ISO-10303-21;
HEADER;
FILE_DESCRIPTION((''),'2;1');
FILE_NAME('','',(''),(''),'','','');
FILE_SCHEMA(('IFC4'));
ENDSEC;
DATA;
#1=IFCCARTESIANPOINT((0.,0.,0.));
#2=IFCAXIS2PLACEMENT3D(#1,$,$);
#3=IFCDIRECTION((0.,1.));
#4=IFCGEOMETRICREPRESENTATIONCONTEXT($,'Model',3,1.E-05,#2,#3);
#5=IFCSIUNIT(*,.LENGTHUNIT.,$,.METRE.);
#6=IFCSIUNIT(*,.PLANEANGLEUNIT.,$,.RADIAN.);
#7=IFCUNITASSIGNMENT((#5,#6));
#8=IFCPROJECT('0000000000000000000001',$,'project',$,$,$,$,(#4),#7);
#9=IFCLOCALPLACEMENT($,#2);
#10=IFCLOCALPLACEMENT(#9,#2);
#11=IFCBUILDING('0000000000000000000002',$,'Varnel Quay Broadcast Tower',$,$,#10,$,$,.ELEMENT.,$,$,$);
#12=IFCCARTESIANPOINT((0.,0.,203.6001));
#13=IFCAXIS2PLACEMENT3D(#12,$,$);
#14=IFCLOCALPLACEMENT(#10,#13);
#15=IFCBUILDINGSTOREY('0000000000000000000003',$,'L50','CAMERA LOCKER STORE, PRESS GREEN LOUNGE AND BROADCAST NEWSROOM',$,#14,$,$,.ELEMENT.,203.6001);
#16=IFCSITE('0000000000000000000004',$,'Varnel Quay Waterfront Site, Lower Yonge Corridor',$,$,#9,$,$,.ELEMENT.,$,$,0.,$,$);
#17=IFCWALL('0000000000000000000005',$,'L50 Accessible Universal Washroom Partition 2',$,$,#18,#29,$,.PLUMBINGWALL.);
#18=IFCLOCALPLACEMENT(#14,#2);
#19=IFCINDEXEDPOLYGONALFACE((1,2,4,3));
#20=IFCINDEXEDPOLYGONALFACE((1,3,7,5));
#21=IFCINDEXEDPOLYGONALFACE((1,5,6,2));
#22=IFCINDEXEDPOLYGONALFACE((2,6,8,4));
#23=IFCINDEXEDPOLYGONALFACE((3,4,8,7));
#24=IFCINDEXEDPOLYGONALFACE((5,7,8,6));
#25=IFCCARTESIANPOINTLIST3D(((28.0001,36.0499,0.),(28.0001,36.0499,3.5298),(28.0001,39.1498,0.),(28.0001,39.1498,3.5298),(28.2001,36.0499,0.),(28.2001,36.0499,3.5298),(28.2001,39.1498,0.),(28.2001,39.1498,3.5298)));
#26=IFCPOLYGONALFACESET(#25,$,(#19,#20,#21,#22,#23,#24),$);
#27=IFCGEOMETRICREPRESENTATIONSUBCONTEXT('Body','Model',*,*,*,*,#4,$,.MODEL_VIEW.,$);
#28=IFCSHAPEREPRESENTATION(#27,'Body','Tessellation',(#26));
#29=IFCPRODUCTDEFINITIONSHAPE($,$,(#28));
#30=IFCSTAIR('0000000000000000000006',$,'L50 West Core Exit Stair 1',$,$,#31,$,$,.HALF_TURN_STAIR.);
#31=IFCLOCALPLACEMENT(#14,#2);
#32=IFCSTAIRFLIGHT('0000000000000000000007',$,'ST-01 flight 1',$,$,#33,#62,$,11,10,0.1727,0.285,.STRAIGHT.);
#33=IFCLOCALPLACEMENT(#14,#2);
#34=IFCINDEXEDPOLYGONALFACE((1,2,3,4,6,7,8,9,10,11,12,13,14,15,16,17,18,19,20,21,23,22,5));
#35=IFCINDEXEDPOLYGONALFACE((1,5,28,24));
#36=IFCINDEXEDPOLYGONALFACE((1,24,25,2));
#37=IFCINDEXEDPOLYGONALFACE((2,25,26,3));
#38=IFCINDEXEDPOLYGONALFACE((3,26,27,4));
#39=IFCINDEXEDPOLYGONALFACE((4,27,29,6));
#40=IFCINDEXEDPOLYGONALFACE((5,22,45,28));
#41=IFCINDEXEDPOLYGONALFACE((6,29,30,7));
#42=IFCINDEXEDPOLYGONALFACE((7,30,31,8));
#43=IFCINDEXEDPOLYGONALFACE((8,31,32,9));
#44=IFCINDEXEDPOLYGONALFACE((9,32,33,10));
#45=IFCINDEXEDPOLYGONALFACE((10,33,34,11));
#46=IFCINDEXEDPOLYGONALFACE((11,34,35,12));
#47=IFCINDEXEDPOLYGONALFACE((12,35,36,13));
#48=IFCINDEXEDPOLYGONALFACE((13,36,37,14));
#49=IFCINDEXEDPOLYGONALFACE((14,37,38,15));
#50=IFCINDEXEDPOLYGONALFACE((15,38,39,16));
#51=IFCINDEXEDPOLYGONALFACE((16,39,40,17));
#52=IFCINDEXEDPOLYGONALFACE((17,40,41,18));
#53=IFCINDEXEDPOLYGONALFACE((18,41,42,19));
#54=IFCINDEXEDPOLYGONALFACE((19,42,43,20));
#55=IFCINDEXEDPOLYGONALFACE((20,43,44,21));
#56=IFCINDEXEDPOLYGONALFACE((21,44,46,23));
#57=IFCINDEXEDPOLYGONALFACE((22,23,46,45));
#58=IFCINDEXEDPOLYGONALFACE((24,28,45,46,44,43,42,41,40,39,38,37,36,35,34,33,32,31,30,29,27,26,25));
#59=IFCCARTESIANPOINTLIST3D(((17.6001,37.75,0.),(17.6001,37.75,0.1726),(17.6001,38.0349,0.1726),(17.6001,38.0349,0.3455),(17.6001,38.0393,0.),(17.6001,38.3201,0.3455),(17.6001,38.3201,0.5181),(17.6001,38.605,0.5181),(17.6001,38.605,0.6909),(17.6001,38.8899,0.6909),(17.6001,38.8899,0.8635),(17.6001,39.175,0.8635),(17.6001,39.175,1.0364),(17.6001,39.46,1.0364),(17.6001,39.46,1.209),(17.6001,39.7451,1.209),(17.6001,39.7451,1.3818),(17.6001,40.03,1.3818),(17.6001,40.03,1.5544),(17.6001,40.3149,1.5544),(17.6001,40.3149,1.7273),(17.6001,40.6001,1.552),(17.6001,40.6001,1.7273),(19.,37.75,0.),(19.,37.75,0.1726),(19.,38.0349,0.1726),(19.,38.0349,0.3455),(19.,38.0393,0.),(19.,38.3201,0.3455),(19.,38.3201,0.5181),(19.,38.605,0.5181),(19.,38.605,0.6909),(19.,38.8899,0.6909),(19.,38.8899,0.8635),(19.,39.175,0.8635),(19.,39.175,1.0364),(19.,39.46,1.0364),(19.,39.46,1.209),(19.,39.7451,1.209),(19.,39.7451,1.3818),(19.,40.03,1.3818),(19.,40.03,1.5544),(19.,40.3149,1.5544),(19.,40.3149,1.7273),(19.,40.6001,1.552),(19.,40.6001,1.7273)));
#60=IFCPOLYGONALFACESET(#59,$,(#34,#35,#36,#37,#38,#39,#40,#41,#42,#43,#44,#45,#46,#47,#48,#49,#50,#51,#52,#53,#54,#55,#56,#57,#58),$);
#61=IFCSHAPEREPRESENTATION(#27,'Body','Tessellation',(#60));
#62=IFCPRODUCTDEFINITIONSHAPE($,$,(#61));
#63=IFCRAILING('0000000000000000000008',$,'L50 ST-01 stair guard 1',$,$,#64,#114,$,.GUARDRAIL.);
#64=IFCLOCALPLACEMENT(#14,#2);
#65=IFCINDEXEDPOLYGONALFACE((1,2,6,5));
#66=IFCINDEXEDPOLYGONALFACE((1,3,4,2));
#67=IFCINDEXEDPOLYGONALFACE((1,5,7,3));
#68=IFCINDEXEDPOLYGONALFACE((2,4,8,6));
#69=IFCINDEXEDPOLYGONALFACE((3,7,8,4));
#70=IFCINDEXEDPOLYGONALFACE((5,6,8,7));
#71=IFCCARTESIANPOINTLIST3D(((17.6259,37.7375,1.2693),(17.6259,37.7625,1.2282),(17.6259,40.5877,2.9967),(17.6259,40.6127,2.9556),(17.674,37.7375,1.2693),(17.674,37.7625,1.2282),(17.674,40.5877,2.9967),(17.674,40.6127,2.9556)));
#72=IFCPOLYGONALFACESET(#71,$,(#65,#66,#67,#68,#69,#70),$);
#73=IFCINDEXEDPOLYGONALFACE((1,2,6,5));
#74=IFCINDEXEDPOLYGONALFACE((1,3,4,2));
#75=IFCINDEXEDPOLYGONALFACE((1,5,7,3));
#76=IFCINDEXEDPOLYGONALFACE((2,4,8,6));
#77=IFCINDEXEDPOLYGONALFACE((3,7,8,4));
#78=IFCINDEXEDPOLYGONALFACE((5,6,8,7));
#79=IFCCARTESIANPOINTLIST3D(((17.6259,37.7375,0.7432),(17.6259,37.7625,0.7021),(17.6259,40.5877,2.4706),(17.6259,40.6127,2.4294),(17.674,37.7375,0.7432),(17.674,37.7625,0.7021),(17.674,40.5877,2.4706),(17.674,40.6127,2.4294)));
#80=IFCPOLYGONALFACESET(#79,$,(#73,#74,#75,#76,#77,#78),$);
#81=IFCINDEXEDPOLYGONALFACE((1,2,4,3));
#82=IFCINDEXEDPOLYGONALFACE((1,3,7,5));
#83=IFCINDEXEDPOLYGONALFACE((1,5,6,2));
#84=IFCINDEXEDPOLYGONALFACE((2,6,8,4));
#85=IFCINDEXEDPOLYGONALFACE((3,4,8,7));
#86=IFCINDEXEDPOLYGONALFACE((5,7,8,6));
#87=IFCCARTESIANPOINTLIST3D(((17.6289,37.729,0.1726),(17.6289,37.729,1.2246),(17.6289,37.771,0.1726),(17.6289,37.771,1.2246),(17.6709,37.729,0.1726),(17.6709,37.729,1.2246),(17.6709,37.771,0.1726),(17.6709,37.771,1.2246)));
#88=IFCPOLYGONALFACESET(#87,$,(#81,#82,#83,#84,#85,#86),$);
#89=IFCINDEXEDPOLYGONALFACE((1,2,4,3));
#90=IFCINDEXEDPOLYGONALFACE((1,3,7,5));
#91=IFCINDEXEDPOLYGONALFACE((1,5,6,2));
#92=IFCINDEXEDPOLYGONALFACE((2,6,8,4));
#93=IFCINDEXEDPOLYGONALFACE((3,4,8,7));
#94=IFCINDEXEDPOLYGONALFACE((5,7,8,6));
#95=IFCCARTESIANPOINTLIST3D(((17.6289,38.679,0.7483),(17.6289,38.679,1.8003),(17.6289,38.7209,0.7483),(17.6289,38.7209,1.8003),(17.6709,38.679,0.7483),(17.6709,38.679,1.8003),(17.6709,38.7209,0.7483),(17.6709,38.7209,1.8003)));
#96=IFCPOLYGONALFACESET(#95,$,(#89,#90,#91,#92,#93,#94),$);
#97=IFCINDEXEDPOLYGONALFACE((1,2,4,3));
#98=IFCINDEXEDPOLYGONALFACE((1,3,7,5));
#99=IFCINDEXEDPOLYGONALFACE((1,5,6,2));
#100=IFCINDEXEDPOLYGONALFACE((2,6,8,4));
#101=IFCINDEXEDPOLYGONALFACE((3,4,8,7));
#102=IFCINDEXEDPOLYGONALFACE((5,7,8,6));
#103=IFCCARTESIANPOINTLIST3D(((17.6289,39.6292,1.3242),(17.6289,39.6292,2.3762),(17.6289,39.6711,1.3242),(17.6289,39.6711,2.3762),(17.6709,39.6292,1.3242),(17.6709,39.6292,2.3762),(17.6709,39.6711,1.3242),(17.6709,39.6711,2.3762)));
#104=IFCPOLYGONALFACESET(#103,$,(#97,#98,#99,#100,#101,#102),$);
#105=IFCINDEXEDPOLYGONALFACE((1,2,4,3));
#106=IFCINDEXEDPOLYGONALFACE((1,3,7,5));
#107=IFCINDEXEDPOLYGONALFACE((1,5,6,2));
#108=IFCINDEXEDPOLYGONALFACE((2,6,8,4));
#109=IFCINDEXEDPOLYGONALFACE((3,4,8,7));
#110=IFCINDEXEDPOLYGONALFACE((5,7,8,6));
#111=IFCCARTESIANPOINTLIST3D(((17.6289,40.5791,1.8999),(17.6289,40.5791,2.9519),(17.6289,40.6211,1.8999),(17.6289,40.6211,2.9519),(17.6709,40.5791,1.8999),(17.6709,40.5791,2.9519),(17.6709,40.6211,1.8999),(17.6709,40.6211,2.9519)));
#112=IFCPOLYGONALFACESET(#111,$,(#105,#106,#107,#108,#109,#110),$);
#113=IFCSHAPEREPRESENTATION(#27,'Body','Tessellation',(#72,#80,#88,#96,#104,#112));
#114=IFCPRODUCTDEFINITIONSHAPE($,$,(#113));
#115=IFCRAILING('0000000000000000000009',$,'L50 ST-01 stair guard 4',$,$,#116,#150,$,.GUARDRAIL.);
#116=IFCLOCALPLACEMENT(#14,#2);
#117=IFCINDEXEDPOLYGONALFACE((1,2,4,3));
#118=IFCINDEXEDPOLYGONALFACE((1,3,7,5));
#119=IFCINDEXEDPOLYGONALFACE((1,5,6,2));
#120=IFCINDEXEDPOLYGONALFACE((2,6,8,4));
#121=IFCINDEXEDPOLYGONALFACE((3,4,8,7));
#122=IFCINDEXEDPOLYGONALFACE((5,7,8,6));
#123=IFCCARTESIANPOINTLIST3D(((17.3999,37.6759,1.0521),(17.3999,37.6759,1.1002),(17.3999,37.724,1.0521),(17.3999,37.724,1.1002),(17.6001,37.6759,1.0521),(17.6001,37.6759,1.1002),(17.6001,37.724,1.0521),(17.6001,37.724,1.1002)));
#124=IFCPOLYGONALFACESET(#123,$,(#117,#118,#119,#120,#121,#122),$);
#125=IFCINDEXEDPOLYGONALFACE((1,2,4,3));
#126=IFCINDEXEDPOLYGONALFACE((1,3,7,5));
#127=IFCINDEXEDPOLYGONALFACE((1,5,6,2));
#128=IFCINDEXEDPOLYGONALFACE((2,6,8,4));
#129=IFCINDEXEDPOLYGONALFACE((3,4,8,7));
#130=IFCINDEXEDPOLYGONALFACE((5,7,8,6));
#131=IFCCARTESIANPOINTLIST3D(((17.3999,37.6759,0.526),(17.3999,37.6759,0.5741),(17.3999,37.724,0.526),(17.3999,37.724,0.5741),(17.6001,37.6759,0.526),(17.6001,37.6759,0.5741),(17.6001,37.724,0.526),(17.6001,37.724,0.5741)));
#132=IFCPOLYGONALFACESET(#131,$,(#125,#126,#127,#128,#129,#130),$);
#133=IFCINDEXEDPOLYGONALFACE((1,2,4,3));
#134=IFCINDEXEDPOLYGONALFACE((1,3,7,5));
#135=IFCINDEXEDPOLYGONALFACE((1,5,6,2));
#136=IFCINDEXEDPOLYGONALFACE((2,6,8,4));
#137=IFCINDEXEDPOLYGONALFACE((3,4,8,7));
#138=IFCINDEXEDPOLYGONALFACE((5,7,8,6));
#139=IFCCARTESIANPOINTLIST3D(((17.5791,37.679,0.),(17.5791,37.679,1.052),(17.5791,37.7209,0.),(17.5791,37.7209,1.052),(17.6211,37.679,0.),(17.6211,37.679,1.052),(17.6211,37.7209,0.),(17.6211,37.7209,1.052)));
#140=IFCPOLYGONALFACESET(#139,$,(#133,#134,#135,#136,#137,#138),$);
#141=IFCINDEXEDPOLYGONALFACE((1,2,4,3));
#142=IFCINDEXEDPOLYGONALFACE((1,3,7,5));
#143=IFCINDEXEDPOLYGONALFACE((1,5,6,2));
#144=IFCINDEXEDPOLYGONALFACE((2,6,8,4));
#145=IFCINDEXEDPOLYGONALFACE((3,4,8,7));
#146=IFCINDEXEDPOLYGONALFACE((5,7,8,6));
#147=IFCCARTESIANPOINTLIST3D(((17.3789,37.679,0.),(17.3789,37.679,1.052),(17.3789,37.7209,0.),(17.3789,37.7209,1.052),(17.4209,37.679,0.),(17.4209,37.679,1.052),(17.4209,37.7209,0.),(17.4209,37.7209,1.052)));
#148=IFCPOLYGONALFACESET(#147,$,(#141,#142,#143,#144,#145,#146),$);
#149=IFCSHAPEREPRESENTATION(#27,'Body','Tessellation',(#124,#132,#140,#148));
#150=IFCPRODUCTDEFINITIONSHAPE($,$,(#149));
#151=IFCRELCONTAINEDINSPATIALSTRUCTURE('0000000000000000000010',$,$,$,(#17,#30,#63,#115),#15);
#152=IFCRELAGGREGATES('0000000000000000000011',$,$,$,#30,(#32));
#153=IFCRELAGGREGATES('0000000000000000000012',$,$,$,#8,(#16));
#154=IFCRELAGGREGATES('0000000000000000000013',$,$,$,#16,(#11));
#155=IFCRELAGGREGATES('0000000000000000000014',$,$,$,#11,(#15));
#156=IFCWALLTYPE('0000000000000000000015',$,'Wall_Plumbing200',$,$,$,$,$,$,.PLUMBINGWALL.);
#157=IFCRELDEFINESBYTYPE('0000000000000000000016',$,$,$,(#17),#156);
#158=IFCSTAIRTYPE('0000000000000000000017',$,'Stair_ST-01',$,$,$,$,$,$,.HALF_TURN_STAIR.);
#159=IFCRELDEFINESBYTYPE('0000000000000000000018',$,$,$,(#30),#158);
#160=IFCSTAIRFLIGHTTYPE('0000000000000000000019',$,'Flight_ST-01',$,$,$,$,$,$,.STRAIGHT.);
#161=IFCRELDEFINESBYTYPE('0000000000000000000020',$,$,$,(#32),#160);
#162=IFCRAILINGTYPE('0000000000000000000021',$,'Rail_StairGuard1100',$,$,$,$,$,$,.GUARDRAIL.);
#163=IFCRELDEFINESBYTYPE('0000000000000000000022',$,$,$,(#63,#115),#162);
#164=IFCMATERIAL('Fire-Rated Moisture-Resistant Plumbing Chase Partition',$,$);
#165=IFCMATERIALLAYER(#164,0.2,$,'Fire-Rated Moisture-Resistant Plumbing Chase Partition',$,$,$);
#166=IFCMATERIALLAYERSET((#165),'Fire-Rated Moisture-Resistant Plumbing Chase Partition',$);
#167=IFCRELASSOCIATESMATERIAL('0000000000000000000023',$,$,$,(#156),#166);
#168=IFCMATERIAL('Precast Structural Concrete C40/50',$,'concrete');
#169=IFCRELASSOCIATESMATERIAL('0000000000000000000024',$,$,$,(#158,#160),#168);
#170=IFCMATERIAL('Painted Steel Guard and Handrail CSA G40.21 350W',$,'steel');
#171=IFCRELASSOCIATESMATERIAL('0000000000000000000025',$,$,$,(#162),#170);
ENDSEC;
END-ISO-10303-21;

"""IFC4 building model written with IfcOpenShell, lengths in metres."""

from ifc_helpers import new_model, si_unit, direction, frame, frame_2d, origin, origin_2d, place, context, subcontext, project, spatial, polyline, rectangle, outline, extrude, material, layer, layer_set, type_object, element, aggregate, save


model = new_model("IFC4")

# Units and contexts
model_context = context("Model", 3, precision=1e-05, world=origin(), true_north=direction((0.0, 1.0)))
body_context = subcontext(model_context, "Body", "Model", "MODEL_VIEW")
ifc_project = project(units=[si_unit("LENGTHUNIT", "METRE"), si_unit("PLANEANGLEUNIT", "RADIAN")], contexts=[model_context])

# Site, building, storey
site_placement = place(None, origin())
site = spatial("IfcSite", under=ifc_project, at=site_placement, Name="Varnel Quay Waterfront Site, Lower Yonge Corridor", CompositionType="ELEMENT", RefElevation=0.0)
building_placement = place(site_placement, origin())
building = spatial("IfcBuilding", under=site, at=building_placement, Name="Varnel Quay Broadcast Tower", CompositionType="ELEMENT")
storey_placement = place(building_placement, frame((0.0, 0.0, 203.6001)))
storey = spatial("IfcBuildingStorey", under=building, at=storey_placement, Name="L50", Description="CAMERA LOCKER STORE, PRESS GREEN LOUNGE AND BROADCAST NEWSROOM", CompositionType="ELEMENT", Elevation=203.6001)

# Wall
ifc_material_1 = material(Name="Fire-Rated Moisture-Resistant Plumbing Chase Partition")
ifc_layer_1 = layer(ifc_material_1, 0.2, Name="Fire-Rated Moisture-Resistant Plumbing Chase Partition")
ifc_layer_set_1 = layer_set([ifc_layer_1], Name="Fire-Rated Moisture-Resistant Plumbing Chase Partition")
wall_type_1 = type_object("IfcWallType", Name="Wall_Plumbing200", PredefinedType="PLUMBINGWALL", material=ifc_layer_set_1)
wall_1_placement = place(storey_placement, frame((28.1001, 36.05, 0.0), z_axis=(0.0, 0.0, 1.0), x_axis=(0.0, 1.0, 0.0)))
element("IfcWall", 1, at=wall_1_placement, inside=storey, type_object=wall_type_1, Name="L50 Accessible Universal Washroom Partition 2", PredefinedType="PLUMBINGWALL", context=body_context, shape_type="SweptSolid", body=[
    extrude(rectangle(XDim=3.0999, YDim=0.2, at=frame_2d((1.5498, 0.0))), origin(), (0.0, 0.0, 1.0), 3.5298),
])

# Stair, stair flight
ifc_material_2 = material(Name="Precast Structural Concrete C40/50", Category="concrete")
stair_type = type_object("IfcStairType", Name="Stair_ST-01", PredefinedType="HALF_TURN_STAIR", material=ifc_material_2)
stair_placement = place(storey_placement, origin())
stair = element("IfcStair", 2, at=stair_placement, inside=storey, type_object=stair_type, Name="L50 West Core Exit Stair 1", PredefinedType="HALF_TURN_STAIR")
stair_flight_type = type_object("IfcStairFlightType", Name="Flight_ST-01", PredefinedType="STRAIGHT", material=ifc_material_2)
stair_flight_placement = place(storey_placement, frame((18.3, 37.75, 0.0), z_axis=(0.0, 0.0, 1.0), x_axis=(0.0, 1.0, 0.0)))
stair_flight = element("IfcStairFlight", 3, at=stair_flight_placement, type_object=stair_flight_type, Name="ST-01 flight 1", NumberOfRisers=11, NumberOfTreads=10, PredefinedType="STRAIGHT", RiserHeight=0.1727, TreadLength=0.285, context=body_context, shape_type="SweptSolid", body=[
    extrude(outline(polyline([(0.0, 0.0), (0.0, 0.1726), (0.2849, 0.1726), (0.2849, 0.3455), (0.5701, 0.3455), (0.5701, 0.5181), (0.855, 0.5181), (0.855, 0.6909), (1.1399, 0.6909), (1.1399, 0.8635), (1.425, 0.8635), (1.425, 1.0364), (1.71, 1.0364), (1.71, 1.209), (1.9951, 1.209), (1.9951, 1.3818), (2.28, 1.3818), (2.28, 1.5544), (2.5649, 1.5544), (2.5649, 1.7273), (2.8501, 1.7273), (2.8501, 1.8999), (2.8501, 1.552), (0.2893, 0.0), (0.0, 0.0)])), frame((0.0, 0.7, 0.0), z_axis=(0.0, -1.0, 0.0), x_axis=(1.0, 0.0, 0.0)), (0.0, 0.0, 1.0), 1.3999),
])
aggregate(stair, [stair_flight])

# Railings
ifc_material_3 = material(Name="Painted Steel Guard and Handrail CSA G40.21 350W", Category="steel")
railing_type = type_object("IfcRailingType", Name="Rail_StairGuard1100", PredefinedType="GUARDRAIL", material=ifc_material_3)
railing_1_placement = place(storey_placement, frame((17.6499, 37.75, 0.1726)))
element("IfcRailing", 4, at=railing_1_placement, inside=storey, type_object=railing_type, Name="L50 ST-01 stair guard 1", PredefinedType="GUARDRAIL", context=body_context, shape_type="SweptSolid", body=[
    extrude(rectangle(XDim=0.0481, YDim=0.0481, at=origin_2d()), frame((0.0, 0.0, 1.0762), z_axis=(0.0, 0.855203, 0.518294), x_axis=(-1.0, 0.0, 0.0)), (0.0, 0.0, 1.0), 3.3328),
    extrude(rectangle(XDim=0.0481, YDim=0.0481, at=origin_2d()), frame((0.0, 0.0, 0.55), z_axis=(0.0, 0.855203, 0.518294), x_axis=(-1.0, 0.0, 0.0)), (0.0, 0.0, 1.0), 3.3328),
    extrude(rectangle(XDim=0.042, YDim=0.042, at=origin_2d()), origin(), (0.0, 0.0, 1.0), 1.052),
    extrude(rectangle(XDim=0.042, YDim=0.042, at=origin_2d()), frame((0.0, 0.95, 0.5757)), (0.0, 0.0, 1.0), 1.052),
    extrude(rectangle(XDim=0.042, YDim=0.042, at=origin_2d()), frame((0.0, 1.9001, 1.1516)), (0.0, 0.0, 1.0), 1.052),
    extrude(rectangle(XDim=0.042, YDim=0.042, at=origin_2d()), frame((0.0, 2.8501, 1.7273)), (0.0, 0.0, 1.0), 1.052),
])
railing_2_placement = place(storey_placement, frame((17.6001, 37.7, 0.0)))
element("IfcRailing", 5, at=railing_2_placement, inside=storey, type_object=railing_type, Name="L50 ST-01 stair guard 4", PredefinedType="GUARDRAIL", context=body_context, shape_type="SweptSolid", body=[
    extrude(rectangle(XDim=0.0481, YDim=0.0481, at=origin_2d()), frame((0.0, 0.0, 1.0762), z_axis=(-1.0, 0.0, 0.0), x_axis=(0.0, -1.0, 0.0)), (0.0, 0.0, 1.0), 0.2002),
    extrude(rectangle(XDim=0.0481, YDim=0.0481, at=origin_2d()), frame((0.0, 0.0, 0.55), z_axis=(-1.0, 0.0, 0.0), x_axis=(0.0, -1.0, 0.0)), (0.0, 0.0, 1.0), 0.2002),
    extrude(rectangle(XDim=0.042, YDim=0.042, at=origin_2d()), origin(), (0.0, 0.0, 1.0), 1.052),
    extrude(rectangle(XDim=0.042, YDim=0.042, at=origin_2d()), frame((-0.2002, 0.0, 0.0)), (0.0, 0.0, 1.0), 1.052),
])

save(model, "model.ifc")
